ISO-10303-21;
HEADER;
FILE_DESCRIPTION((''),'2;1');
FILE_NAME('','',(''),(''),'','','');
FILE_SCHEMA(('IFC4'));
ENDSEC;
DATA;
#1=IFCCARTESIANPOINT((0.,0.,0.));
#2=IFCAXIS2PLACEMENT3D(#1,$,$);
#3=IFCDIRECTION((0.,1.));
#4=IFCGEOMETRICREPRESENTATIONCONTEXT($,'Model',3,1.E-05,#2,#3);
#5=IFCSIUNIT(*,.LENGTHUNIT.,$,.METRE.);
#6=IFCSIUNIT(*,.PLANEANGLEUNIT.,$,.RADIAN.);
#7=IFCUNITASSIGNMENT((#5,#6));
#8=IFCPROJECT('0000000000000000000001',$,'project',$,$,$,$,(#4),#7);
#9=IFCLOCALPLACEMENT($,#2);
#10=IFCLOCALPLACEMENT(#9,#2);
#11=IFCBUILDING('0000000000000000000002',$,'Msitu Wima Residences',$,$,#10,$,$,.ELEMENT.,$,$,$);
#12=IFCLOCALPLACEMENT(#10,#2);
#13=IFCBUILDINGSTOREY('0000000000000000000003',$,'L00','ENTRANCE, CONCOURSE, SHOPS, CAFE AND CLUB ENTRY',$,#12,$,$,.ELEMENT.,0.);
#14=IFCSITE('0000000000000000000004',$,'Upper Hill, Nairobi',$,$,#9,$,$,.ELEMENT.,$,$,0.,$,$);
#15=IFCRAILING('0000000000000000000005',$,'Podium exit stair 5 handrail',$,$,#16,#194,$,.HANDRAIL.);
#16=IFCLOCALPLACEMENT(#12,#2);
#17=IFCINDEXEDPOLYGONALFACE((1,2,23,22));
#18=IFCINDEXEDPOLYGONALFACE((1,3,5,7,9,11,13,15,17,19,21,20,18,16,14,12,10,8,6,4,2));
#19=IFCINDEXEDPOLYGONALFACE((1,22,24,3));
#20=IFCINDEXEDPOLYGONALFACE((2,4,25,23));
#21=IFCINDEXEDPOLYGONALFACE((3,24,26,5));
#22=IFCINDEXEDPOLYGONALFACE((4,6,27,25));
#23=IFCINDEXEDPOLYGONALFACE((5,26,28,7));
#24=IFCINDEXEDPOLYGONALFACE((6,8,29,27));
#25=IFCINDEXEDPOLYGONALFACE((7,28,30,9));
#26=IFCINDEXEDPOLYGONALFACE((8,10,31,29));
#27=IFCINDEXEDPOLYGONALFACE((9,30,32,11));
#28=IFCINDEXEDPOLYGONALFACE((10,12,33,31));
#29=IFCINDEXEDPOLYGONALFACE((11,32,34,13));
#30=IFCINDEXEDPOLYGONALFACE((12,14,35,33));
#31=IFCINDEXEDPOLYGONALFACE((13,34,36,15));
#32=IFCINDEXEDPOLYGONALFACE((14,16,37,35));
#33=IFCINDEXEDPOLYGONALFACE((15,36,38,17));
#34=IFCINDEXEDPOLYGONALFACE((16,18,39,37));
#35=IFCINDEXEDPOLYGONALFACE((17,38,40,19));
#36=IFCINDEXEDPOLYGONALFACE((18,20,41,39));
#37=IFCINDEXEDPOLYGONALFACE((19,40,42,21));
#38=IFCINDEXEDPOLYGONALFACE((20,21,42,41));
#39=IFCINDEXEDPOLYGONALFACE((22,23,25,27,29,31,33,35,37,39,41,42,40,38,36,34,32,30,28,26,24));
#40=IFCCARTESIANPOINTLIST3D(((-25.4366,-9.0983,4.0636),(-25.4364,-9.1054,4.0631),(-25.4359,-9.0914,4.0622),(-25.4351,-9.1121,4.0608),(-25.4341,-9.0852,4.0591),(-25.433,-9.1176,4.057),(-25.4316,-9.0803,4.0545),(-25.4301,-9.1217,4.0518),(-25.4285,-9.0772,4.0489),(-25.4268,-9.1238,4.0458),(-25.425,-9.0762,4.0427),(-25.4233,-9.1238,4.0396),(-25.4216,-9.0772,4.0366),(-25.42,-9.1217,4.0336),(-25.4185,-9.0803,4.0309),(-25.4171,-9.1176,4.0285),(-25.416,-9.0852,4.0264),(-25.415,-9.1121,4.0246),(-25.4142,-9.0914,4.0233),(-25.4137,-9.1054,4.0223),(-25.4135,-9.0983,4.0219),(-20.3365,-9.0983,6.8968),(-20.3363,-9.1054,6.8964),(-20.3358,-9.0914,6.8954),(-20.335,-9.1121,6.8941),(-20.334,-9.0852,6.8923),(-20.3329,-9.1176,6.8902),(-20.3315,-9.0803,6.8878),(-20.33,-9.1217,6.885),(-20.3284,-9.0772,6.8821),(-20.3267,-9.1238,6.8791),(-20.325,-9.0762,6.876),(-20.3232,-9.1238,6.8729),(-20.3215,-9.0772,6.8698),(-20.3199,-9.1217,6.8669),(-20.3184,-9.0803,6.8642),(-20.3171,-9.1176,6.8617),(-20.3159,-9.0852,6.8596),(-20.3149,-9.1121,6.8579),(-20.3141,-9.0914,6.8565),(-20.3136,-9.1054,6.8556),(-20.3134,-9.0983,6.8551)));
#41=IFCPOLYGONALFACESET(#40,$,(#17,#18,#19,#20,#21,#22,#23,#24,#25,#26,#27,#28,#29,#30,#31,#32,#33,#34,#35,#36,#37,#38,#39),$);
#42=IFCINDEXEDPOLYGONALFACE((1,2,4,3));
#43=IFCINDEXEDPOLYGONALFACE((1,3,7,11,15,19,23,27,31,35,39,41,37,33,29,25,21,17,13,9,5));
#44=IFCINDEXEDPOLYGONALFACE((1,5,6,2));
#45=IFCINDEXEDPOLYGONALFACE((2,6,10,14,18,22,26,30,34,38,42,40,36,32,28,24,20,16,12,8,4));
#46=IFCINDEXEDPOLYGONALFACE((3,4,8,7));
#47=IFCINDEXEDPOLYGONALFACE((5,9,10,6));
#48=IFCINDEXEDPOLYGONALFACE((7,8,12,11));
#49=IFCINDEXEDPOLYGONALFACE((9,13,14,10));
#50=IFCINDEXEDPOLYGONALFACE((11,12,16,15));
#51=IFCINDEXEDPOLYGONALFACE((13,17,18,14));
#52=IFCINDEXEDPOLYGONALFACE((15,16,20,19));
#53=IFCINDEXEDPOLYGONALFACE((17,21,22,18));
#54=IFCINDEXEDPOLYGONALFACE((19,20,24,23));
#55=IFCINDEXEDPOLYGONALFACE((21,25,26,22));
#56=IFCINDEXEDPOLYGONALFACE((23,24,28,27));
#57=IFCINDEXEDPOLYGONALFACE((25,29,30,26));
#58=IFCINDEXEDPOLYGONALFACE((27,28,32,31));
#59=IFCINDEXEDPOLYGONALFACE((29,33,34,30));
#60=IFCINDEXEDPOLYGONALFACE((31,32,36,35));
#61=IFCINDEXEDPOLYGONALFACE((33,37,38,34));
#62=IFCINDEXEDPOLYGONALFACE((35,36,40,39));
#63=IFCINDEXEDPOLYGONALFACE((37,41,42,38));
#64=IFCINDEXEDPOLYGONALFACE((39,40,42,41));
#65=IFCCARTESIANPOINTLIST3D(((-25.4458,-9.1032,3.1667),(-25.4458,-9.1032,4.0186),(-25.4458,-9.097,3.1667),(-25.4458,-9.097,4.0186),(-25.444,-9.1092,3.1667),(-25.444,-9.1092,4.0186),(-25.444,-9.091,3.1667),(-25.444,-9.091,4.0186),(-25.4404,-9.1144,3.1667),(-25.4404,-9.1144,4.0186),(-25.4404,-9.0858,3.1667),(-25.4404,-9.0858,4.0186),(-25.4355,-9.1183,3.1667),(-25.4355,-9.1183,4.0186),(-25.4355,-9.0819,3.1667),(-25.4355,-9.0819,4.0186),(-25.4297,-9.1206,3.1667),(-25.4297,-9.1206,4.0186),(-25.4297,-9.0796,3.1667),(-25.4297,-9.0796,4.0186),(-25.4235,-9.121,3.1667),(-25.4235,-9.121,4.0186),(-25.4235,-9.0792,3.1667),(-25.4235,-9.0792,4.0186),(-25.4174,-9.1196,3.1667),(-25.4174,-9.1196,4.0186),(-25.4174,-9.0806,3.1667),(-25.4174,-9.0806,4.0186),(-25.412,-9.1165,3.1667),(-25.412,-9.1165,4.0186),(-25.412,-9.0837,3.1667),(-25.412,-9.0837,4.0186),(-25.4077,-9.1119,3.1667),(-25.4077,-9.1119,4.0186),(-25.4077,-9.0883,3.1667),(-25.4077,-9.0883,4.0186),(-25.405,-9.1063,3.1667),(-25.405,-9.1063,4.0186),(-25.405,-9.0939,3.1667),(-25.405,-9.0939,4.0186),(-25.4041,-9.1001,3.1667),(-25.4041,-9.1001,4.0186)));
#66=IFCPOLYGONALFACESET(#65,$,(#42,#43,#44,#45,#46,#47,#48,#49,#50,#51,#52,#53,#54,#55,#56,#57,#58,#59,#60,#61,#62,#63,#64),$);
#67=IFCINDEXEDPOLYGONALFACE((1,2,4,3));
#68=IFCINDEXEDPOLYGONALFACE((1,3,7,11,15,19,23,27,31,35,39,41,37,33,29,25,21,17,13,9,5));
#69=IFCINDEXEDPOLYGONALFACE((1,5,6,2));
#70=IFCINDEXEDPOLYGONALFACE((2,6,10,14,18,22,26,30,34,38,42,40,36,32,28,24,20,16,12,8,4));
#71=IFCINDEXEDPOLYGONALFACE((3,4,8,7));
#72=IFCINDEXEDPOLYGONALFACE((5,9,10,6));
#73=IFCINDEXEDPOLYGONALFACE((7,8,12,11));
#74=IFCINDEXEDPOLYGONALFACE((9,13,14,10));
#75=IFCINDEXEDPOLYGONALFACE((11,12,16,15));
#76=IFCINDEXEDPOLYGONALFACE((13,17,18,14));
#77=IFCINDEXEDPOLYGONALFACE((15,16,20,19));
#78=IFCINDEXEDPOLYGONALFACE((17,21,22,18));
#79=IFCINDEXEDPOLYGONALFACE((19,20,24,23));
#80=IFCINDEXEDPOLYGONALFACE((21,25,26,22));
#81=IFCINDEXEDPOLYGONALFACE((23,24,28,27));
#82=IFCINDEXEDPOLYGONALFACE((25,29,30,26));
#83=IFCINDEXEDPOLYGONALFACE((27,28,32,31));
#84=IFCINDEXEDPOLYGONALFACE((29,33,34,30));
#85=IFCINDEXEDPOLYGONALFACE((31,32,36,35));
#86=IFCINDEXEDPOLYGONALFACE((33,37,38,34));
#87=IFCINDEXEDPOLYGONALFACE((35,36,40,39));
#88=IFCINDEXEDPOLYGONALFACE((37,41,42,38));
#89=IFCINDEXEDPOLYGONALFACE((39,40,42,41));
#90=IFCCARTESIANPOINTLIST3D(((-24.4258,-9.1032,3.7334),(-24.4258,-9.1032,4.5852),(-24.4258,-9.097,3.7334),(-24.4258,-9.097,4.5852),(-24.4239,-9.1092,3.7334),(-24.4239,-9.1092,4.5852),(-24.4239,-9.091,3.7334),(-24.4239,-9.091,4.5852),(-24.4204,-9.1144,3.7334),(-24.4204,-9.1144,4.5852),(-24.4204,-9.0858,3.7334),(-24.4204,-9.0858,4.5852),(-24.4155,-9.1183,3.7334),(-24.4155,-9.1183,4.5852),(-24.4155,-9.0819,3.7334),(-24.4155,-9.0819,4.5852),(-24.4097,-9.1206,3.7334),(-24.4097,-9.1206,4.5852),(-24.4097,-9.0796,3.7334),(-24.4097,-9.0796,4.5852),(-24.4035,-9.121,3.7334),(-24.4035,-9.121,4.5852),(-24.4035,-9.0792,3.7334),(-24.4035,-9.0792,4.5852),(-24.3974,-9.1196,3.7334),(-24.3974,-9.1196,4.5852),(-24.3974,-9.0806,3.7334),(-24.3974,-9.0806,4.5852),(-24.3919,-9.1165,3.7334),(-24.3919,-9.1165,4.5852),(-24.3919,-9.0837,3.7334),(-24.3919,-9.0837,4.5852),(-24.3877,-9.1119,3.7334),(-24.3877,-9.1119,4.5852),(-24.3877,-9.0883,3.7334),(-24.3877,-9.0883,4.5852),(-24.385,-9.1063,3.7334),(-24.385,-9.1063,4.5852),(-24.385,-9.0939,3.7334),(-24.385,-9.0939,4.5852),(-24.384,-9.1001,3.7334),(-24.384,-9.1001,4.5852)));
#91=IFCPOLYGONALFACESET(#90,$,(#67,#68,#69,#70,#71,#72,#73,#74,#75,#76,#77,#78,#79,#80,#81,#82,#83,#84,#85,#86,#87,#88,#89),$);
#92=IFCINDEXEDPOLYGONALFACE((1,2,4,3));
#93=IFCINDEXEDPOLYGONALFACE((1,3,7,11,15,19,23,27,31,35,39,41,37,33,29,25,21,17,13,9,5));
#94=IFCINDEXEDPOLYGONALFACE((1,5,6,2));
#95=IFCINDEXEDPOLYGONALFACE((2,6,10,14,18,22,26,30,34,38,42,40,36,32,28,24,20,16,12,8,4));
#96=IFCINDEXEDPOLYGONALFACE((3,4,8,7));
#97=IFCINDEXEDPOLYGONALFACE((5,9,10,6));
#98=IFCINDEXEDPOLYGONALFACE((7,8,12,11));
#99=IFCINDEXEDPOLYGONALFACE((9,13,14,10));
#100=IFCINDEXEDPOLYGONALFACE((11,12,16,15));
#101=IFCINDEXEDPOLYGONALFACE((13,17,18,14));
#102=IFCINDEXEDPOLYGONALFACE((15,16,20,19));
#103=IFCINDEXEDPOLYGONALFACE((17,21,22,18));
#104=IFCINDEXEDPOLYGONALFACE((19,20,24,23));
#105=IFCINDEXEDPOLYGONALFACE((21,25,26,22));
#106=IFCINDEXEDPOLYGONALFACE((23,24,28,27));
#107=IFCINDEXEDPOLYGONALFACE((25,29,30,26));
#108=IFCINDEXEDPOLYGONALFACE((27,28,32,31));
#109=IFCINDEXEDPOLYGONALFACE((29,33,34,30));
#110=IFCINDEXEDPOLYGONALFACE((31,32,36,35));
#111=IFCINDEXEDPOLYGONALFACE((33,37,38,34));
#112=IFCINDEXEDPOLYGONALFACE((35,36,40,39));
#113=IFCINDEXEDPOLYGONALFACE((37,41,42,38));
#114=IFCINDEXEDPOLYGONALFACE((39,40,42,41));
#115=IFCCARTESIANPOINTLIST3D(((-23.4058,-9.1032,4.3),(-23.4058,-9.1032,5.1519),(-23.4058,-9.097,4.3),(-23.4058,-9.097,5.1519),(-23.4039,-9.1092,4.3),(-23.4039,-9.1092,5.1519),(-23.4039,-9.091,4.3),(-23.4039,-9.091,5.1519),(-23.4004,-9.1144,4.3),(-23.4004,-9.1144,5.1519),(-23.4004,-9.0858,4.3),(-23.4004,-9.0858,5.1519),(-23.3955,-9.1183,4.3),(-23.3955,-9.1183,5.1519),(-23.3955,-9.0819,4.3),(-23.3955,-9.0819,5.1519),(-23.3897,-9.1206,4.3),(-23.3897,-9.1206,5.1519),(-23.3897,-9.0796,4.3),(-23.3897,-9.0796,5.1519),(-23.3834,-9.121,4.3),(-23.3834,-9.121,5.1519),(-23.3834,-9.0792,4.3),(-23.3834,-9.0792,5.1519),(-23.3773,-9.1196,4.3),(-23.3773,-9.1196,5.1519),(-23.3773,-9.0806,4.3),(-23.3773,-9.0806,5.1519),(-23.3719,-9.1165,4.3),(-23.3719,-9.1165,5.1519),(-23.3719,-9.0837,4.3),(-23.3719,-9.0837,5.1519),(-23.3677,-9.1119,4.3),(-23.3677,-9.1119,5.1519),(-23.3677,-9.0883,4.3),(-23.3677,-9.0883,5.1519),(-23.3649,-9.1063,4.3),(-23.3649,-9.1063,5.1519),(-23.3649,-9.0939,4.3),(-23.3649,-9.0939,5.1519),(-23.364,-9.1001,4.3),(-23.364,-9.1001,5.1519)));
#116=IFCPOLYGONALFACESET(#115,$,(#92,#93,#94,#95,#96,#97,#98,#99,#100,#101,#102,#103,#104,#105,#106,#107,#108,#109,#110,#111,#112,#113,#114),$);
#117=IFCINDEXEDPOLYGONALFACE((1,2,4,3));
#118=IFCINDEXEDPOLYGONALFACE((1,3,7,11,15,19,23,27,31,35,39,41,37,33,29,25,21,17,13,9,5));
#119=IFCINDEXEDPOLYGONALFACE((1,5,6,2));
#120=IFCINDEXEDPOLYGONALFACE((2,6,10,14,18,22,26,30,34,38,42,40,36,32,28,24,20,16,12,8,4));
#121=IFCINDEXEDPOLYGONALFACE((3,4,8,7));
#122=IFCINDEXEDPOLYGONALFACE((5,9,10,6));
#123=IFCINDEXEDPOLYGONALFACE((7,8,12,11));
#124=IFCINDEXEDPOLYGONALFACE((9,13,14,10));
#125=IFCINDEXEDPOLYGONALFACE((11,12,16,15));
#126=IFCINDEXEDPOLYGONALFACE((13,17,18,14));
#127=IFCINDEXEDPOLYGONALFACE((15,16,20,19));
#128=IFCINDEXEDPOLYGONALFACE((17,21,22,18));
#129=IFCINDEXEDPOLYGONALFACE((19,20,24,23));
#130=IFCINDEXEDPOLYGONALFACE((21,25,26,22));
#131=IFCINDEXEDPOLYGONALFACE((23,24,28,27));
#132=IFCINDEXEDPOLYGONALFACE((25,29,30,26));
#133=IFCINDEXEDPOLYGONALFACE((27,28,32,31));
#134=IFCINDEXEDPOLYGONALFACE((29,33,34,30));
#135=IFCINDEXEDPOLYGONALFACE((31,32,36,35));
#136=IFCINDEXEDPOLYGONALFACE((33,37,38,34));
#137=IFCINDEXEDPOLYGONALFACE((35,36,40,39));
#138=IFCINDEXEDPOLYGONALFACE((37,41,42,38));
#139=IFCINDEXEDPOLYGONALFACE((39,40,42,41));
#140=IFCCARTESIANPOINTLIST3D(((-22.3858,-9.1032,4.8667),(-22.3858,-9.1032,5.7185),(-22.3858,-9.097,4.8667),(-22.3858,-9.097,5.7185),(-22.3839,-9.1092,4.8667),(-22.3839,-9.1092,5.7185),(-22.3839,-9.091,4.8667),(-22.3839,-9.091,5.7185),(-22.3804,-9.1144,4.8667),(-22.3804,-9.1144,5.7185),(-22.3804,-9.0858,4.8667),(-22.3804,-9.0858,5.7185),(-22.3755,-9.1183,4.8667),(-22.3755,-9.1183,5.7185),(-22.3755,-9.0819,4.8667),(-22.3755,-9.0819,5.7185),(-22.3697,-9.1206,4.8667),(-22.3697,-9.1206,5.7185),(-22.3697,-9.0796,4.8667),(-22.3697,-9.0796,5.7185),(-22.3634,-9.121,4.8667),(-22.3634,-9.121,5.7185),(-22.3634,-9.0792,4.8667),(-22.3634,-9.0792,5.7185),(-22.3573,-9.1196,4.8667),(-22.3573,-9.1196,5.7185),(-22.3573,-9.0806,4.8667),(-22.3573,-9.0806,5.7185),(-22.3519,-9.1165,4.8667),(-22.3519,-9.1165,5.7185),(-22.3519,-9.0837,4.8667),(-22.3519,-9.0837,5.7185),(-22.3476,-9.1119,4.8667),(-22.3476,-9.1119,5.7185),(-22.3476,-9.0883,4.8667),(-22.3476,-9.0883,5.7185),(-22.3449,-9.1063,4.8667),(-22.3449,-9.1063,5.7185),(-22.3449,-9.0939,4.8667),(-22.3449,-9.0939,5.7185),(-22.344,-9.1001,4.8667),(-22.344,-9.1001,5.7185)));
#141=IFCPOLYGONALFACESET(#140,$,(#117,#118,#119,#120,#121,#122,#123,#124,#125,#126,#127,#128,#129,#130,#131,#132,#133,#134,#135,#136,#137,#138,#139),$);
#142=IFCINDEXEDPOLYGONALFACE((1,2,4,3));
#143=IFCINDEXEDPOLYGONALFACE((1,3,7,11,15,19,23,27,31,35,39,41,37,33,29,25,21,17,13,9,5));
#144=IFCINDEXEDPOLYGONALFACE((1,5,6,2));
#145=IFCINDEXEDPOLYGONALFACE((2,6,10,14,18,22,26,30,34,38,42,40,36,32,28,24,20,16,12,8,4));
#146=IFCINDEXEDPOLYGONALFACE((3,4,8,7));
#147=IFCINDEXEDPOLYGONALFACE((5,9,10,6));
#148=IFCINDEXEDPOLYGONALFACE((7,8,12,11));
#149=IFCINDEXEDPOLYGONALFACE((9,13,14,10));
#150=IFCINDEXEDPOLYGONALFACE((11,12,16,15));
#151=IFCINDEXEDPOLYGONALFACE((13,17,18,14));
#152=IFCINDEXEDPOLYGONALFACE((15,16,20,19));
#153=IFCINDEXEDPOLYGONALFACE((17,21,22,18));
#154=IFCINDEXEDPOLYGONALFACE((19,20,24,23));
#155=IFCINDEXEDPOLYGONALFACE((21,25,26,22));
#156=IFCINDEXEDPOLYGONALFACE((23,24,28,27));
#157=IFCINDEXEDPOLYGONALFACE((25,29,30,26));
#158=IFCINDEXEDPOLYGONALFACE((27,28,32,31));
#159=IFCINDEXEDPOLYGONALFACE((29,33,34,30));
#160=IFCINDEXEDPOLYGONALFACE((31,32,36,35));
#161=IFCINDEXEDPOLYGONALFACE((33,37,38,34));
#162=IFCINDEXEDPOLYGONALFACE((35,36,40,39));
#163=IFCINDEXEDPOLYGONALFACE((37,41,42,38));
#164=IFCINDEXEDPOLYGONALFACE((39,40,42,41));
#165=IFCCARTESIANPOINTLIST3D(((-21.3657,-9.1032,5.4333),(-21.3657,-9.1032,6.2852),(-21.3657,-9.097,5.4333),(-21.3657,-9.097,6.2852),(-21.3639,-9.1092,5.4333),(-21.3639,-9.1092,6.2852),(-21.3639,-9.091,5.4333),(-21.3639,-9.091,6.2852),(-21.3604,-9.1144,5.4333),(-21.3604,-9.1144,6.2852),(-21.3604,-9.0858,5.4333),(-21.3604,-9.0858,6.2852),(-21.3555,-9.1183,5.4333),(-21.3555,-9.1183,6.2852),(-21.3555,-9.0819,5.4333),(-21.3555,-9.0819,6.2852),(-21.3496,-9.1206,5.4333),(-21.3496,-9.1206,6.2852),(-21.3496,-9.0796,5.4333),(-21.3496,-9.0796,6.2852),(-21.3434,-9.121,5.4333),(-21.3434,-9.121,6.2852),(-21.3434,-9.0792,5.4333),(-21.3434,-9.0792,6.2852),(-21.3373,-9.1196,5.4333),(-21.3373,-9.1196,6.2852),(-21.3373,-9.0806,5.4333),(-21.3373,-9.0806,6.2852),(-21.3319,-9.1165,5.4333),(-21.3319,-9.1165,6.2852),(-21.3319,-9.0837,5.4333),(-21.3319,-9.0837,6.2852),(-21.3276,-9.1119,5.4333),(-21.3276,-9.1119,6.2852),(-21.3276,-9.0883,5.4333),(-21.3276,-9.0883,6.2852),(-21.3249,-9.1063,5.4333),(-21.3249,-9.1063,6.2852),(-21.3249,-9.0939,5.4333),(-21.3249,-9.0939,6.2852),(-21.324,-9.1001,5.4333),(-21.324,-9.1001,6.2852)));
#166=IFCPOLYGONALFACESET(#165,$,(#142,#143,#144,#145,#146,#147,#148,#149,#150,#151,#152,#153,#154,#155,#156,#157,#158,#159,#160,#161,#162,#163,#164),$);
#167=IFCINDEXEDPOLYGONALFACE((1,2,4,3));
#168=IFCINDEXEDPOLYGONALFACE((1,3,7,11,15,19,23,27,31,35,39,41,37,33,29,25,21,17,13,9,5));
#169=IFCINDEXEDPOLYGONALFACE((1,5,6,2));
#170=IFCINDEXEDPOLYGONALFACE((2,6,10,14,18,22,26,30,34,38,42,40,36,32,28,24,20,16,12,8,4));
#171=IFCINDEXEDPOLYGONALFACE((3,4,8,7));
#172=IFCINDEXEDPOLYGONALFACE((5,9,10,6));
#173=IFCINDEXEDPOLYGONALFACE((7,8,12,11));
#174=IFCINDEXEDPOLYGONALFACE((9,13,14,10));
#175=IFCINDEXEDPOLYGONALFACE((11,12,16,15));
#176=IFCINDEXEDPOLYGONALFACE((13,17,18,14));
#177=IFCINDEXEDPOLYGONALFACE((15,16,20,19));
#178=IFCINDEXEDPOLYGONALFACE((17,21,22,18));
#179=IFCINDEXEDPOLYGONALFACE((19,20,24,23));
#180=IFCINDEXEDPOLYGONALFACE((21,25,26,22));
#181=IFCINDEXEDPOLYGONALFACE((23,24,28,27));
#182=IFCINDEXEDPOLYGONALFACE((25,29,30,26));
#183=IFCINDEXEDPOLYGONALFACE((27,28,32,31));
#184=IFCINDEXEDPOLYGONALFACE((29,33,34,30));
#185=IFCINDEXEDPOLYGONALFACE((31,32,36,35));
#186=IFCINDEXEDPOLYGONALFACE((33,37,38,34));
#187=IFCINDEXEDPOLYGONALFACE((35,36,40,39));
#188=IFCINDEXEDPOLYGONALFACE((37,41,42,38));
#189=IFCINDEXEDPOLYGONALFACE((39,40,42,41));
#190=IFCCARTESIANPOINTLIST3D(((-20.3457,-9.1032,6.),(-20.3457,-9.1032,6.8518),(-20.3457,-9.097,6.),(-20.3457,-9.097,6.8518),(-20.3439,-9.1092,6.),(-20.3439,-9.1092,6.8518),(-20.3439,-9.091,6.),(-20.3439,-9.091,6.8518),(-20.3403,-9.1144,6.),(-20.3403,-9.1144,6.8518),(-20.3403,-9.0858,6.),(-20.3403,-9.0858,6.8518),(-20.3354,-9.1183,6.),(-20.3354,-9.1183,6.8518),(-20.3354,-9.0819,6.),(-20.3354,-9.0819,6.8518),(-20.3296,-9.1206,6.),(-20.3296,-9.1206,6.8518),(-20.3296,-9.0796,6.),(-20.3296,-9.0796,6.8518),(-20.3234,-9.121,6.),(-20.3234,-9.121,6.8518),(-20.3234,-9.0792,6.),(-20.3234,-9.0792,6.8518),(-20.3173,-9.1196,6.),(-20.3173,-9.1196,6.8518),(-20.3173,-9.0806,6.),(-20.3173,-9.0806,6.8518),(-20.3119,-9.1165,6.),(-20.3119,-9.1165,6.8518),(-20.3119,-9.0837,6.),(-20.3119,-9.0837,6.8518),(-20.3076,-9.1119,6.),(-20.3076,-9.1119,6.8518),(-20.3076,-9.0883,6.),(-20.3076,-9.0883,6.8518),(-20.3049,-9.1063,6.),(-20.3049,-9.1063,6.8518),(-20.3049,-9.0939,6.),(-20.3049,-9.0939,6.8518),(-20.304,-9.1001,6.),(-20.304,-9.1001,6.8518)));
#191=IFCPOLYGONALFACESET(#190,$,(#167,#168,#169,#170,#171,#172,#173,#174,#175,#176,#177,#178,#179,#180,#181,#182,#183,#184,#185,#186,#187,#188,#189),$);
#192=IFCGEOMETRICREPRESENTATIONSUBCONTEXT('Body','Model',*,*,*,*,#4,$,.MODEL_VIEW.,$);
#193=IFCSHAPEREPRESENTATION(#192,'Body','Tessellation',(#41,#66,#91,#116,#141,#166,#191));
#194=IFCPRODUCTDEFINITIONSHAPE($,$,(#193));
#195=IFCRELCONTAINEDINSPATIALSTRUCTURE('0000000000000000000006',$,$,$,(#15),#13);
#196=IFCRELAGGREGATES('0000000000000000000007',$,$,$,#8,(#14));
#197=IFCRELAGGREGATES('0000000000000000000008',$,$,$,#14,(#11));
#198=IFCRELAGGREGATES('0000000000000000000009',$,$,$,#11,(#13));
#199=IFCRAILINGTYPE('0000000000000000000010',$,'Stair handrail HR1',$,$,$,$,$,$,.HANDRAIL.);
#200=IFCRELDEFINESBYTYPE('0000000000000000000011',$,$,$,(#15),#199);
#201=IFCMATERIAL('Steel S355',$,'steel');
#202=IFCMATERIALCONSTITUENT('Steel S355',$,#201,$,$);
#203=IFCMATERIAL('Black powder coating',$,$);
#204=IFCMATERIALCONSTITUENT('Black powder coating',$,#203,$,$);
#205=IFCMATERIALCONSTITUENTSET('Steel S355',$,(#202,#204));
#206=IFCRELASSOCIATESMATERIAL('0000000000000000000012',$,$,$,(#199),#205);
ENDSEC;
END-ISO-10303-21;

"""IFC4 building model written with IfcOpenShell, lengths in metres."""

from ifc_helpers import new_model, si_unit, direction, frame, origin, origin_2d, place, context, subcontext, project, spatial, circle, extrude, material, constituent, constituent_set, type_object, element, save


model = new_model("IFC4")

# Units and contexts
model_context = context("Model", 3, precision=1e-05, world=origin(), true_north=direction((0.0, 1.0)))
body_context = subcontext(model_context, "Body", "Model", "MODEL_VIEW")
ifc_project = project(units=[si_unit("LENGTHUNIT", "METRE"), si_unit("PLANEANGLEUNIT", "RADIAN")], contexts=[model_context])

# Site, building, storey
site_placement = place(None, origin())
site = spatial("IfcSite", under=ifc_project, at=site_placement, Name="Upper Hill, Nairobi", CompositionType="ELEMENT", RefElevation=0.0)
building_placement = place(site_placement, origin())
building = spatial("IfcBuilding", under=site, at=building_placement, Name="Msitu Wima Residences", CompositionType="ELEMENT")
storey_placement = place(building_placement, origin())
storey = spatial("IfcBuildingStorey", under=building, at=storey_placement, Name="L00", Description="ENTRANCE, CONCOURSE, SHOPS, CAFE AND CLUB ENTRY", CompositionType="ELEMENT", Elevation=0.0)

# Railing
ifc_material_1 = material(Name="Steel S355", Category="steel")
ifc_constituent_1 = constituent(ifc_material_1, Name="Steel S355")
ifc_material_2 = material(Name="Black powder coating")
ifc_constituent_2 = constituent(ifc_material_2, Name="Black powder coating")
ifc_constituent_set = constituent_set(constituents=[ifc_constituent_1, ifc_constituent_2], Name="Steel S355")
railing_type = type_object("IfcRailingType", Name="Stair handrail HR1", PredefinedType="HANDRAIL", material=ifc_constituent_set)
for number, where, name in (
    (1, (-25.425, -9.1001, 3.1667), "Podium exit stair 5 handrail"),
):
    element("IfcRailing", number, at=place(storey_placement, frame(where)), inside=storey, type_object=railing_type, Name=name, PredefinedType="HANDRAIL", context=body_context, shape_type="SweptSolid", body=[
        extrude(circle(Radius=0.0239, at=origin_2d()), frame((0.0, 0.0, 0.876), z_axis=(0.874167, 0.0, 0.485625), x_axis=(0.0, 1.0, 0.0)), (0.0, 0.0, 1.0), 5.8342),
        extrude(circle(Radius=0.021, at=origin_2d()), origin(), (0.0, 0.0, 1.0), 0.8518),
        extrude(circle(Radius=0.021, at=origin_2d()), frame((1.02, 0.0, 0.5667)), (0.0, 0.0, 1.0), 0.8518),
        extrude(circle(Radius=0.021, at=origin_2d()), frame((2.04, 0.0, 1.1333)), (0.0, 0.0, 1.0), 0.8518),
        extrude(circle(Radius=0.021, at=origin_2d()), frame((3.0601, 0.0, 1.7)), (0.0, 0.0, 1.0), 0.8518),
        extrude(circle(Radius=0.021, at=origin_2d()), frame((4.0801, 0.0, 2.2666)), (0.0, 0.0, 1.0), 0.8518),
        extrude(circle(Radius=0.021, at=origin_2d()), frame((5.1001, 0.0, 2.8333)), (0.0, 0.0, 1.0), 0.8518),
    ])

save(model, "model.ifc")
